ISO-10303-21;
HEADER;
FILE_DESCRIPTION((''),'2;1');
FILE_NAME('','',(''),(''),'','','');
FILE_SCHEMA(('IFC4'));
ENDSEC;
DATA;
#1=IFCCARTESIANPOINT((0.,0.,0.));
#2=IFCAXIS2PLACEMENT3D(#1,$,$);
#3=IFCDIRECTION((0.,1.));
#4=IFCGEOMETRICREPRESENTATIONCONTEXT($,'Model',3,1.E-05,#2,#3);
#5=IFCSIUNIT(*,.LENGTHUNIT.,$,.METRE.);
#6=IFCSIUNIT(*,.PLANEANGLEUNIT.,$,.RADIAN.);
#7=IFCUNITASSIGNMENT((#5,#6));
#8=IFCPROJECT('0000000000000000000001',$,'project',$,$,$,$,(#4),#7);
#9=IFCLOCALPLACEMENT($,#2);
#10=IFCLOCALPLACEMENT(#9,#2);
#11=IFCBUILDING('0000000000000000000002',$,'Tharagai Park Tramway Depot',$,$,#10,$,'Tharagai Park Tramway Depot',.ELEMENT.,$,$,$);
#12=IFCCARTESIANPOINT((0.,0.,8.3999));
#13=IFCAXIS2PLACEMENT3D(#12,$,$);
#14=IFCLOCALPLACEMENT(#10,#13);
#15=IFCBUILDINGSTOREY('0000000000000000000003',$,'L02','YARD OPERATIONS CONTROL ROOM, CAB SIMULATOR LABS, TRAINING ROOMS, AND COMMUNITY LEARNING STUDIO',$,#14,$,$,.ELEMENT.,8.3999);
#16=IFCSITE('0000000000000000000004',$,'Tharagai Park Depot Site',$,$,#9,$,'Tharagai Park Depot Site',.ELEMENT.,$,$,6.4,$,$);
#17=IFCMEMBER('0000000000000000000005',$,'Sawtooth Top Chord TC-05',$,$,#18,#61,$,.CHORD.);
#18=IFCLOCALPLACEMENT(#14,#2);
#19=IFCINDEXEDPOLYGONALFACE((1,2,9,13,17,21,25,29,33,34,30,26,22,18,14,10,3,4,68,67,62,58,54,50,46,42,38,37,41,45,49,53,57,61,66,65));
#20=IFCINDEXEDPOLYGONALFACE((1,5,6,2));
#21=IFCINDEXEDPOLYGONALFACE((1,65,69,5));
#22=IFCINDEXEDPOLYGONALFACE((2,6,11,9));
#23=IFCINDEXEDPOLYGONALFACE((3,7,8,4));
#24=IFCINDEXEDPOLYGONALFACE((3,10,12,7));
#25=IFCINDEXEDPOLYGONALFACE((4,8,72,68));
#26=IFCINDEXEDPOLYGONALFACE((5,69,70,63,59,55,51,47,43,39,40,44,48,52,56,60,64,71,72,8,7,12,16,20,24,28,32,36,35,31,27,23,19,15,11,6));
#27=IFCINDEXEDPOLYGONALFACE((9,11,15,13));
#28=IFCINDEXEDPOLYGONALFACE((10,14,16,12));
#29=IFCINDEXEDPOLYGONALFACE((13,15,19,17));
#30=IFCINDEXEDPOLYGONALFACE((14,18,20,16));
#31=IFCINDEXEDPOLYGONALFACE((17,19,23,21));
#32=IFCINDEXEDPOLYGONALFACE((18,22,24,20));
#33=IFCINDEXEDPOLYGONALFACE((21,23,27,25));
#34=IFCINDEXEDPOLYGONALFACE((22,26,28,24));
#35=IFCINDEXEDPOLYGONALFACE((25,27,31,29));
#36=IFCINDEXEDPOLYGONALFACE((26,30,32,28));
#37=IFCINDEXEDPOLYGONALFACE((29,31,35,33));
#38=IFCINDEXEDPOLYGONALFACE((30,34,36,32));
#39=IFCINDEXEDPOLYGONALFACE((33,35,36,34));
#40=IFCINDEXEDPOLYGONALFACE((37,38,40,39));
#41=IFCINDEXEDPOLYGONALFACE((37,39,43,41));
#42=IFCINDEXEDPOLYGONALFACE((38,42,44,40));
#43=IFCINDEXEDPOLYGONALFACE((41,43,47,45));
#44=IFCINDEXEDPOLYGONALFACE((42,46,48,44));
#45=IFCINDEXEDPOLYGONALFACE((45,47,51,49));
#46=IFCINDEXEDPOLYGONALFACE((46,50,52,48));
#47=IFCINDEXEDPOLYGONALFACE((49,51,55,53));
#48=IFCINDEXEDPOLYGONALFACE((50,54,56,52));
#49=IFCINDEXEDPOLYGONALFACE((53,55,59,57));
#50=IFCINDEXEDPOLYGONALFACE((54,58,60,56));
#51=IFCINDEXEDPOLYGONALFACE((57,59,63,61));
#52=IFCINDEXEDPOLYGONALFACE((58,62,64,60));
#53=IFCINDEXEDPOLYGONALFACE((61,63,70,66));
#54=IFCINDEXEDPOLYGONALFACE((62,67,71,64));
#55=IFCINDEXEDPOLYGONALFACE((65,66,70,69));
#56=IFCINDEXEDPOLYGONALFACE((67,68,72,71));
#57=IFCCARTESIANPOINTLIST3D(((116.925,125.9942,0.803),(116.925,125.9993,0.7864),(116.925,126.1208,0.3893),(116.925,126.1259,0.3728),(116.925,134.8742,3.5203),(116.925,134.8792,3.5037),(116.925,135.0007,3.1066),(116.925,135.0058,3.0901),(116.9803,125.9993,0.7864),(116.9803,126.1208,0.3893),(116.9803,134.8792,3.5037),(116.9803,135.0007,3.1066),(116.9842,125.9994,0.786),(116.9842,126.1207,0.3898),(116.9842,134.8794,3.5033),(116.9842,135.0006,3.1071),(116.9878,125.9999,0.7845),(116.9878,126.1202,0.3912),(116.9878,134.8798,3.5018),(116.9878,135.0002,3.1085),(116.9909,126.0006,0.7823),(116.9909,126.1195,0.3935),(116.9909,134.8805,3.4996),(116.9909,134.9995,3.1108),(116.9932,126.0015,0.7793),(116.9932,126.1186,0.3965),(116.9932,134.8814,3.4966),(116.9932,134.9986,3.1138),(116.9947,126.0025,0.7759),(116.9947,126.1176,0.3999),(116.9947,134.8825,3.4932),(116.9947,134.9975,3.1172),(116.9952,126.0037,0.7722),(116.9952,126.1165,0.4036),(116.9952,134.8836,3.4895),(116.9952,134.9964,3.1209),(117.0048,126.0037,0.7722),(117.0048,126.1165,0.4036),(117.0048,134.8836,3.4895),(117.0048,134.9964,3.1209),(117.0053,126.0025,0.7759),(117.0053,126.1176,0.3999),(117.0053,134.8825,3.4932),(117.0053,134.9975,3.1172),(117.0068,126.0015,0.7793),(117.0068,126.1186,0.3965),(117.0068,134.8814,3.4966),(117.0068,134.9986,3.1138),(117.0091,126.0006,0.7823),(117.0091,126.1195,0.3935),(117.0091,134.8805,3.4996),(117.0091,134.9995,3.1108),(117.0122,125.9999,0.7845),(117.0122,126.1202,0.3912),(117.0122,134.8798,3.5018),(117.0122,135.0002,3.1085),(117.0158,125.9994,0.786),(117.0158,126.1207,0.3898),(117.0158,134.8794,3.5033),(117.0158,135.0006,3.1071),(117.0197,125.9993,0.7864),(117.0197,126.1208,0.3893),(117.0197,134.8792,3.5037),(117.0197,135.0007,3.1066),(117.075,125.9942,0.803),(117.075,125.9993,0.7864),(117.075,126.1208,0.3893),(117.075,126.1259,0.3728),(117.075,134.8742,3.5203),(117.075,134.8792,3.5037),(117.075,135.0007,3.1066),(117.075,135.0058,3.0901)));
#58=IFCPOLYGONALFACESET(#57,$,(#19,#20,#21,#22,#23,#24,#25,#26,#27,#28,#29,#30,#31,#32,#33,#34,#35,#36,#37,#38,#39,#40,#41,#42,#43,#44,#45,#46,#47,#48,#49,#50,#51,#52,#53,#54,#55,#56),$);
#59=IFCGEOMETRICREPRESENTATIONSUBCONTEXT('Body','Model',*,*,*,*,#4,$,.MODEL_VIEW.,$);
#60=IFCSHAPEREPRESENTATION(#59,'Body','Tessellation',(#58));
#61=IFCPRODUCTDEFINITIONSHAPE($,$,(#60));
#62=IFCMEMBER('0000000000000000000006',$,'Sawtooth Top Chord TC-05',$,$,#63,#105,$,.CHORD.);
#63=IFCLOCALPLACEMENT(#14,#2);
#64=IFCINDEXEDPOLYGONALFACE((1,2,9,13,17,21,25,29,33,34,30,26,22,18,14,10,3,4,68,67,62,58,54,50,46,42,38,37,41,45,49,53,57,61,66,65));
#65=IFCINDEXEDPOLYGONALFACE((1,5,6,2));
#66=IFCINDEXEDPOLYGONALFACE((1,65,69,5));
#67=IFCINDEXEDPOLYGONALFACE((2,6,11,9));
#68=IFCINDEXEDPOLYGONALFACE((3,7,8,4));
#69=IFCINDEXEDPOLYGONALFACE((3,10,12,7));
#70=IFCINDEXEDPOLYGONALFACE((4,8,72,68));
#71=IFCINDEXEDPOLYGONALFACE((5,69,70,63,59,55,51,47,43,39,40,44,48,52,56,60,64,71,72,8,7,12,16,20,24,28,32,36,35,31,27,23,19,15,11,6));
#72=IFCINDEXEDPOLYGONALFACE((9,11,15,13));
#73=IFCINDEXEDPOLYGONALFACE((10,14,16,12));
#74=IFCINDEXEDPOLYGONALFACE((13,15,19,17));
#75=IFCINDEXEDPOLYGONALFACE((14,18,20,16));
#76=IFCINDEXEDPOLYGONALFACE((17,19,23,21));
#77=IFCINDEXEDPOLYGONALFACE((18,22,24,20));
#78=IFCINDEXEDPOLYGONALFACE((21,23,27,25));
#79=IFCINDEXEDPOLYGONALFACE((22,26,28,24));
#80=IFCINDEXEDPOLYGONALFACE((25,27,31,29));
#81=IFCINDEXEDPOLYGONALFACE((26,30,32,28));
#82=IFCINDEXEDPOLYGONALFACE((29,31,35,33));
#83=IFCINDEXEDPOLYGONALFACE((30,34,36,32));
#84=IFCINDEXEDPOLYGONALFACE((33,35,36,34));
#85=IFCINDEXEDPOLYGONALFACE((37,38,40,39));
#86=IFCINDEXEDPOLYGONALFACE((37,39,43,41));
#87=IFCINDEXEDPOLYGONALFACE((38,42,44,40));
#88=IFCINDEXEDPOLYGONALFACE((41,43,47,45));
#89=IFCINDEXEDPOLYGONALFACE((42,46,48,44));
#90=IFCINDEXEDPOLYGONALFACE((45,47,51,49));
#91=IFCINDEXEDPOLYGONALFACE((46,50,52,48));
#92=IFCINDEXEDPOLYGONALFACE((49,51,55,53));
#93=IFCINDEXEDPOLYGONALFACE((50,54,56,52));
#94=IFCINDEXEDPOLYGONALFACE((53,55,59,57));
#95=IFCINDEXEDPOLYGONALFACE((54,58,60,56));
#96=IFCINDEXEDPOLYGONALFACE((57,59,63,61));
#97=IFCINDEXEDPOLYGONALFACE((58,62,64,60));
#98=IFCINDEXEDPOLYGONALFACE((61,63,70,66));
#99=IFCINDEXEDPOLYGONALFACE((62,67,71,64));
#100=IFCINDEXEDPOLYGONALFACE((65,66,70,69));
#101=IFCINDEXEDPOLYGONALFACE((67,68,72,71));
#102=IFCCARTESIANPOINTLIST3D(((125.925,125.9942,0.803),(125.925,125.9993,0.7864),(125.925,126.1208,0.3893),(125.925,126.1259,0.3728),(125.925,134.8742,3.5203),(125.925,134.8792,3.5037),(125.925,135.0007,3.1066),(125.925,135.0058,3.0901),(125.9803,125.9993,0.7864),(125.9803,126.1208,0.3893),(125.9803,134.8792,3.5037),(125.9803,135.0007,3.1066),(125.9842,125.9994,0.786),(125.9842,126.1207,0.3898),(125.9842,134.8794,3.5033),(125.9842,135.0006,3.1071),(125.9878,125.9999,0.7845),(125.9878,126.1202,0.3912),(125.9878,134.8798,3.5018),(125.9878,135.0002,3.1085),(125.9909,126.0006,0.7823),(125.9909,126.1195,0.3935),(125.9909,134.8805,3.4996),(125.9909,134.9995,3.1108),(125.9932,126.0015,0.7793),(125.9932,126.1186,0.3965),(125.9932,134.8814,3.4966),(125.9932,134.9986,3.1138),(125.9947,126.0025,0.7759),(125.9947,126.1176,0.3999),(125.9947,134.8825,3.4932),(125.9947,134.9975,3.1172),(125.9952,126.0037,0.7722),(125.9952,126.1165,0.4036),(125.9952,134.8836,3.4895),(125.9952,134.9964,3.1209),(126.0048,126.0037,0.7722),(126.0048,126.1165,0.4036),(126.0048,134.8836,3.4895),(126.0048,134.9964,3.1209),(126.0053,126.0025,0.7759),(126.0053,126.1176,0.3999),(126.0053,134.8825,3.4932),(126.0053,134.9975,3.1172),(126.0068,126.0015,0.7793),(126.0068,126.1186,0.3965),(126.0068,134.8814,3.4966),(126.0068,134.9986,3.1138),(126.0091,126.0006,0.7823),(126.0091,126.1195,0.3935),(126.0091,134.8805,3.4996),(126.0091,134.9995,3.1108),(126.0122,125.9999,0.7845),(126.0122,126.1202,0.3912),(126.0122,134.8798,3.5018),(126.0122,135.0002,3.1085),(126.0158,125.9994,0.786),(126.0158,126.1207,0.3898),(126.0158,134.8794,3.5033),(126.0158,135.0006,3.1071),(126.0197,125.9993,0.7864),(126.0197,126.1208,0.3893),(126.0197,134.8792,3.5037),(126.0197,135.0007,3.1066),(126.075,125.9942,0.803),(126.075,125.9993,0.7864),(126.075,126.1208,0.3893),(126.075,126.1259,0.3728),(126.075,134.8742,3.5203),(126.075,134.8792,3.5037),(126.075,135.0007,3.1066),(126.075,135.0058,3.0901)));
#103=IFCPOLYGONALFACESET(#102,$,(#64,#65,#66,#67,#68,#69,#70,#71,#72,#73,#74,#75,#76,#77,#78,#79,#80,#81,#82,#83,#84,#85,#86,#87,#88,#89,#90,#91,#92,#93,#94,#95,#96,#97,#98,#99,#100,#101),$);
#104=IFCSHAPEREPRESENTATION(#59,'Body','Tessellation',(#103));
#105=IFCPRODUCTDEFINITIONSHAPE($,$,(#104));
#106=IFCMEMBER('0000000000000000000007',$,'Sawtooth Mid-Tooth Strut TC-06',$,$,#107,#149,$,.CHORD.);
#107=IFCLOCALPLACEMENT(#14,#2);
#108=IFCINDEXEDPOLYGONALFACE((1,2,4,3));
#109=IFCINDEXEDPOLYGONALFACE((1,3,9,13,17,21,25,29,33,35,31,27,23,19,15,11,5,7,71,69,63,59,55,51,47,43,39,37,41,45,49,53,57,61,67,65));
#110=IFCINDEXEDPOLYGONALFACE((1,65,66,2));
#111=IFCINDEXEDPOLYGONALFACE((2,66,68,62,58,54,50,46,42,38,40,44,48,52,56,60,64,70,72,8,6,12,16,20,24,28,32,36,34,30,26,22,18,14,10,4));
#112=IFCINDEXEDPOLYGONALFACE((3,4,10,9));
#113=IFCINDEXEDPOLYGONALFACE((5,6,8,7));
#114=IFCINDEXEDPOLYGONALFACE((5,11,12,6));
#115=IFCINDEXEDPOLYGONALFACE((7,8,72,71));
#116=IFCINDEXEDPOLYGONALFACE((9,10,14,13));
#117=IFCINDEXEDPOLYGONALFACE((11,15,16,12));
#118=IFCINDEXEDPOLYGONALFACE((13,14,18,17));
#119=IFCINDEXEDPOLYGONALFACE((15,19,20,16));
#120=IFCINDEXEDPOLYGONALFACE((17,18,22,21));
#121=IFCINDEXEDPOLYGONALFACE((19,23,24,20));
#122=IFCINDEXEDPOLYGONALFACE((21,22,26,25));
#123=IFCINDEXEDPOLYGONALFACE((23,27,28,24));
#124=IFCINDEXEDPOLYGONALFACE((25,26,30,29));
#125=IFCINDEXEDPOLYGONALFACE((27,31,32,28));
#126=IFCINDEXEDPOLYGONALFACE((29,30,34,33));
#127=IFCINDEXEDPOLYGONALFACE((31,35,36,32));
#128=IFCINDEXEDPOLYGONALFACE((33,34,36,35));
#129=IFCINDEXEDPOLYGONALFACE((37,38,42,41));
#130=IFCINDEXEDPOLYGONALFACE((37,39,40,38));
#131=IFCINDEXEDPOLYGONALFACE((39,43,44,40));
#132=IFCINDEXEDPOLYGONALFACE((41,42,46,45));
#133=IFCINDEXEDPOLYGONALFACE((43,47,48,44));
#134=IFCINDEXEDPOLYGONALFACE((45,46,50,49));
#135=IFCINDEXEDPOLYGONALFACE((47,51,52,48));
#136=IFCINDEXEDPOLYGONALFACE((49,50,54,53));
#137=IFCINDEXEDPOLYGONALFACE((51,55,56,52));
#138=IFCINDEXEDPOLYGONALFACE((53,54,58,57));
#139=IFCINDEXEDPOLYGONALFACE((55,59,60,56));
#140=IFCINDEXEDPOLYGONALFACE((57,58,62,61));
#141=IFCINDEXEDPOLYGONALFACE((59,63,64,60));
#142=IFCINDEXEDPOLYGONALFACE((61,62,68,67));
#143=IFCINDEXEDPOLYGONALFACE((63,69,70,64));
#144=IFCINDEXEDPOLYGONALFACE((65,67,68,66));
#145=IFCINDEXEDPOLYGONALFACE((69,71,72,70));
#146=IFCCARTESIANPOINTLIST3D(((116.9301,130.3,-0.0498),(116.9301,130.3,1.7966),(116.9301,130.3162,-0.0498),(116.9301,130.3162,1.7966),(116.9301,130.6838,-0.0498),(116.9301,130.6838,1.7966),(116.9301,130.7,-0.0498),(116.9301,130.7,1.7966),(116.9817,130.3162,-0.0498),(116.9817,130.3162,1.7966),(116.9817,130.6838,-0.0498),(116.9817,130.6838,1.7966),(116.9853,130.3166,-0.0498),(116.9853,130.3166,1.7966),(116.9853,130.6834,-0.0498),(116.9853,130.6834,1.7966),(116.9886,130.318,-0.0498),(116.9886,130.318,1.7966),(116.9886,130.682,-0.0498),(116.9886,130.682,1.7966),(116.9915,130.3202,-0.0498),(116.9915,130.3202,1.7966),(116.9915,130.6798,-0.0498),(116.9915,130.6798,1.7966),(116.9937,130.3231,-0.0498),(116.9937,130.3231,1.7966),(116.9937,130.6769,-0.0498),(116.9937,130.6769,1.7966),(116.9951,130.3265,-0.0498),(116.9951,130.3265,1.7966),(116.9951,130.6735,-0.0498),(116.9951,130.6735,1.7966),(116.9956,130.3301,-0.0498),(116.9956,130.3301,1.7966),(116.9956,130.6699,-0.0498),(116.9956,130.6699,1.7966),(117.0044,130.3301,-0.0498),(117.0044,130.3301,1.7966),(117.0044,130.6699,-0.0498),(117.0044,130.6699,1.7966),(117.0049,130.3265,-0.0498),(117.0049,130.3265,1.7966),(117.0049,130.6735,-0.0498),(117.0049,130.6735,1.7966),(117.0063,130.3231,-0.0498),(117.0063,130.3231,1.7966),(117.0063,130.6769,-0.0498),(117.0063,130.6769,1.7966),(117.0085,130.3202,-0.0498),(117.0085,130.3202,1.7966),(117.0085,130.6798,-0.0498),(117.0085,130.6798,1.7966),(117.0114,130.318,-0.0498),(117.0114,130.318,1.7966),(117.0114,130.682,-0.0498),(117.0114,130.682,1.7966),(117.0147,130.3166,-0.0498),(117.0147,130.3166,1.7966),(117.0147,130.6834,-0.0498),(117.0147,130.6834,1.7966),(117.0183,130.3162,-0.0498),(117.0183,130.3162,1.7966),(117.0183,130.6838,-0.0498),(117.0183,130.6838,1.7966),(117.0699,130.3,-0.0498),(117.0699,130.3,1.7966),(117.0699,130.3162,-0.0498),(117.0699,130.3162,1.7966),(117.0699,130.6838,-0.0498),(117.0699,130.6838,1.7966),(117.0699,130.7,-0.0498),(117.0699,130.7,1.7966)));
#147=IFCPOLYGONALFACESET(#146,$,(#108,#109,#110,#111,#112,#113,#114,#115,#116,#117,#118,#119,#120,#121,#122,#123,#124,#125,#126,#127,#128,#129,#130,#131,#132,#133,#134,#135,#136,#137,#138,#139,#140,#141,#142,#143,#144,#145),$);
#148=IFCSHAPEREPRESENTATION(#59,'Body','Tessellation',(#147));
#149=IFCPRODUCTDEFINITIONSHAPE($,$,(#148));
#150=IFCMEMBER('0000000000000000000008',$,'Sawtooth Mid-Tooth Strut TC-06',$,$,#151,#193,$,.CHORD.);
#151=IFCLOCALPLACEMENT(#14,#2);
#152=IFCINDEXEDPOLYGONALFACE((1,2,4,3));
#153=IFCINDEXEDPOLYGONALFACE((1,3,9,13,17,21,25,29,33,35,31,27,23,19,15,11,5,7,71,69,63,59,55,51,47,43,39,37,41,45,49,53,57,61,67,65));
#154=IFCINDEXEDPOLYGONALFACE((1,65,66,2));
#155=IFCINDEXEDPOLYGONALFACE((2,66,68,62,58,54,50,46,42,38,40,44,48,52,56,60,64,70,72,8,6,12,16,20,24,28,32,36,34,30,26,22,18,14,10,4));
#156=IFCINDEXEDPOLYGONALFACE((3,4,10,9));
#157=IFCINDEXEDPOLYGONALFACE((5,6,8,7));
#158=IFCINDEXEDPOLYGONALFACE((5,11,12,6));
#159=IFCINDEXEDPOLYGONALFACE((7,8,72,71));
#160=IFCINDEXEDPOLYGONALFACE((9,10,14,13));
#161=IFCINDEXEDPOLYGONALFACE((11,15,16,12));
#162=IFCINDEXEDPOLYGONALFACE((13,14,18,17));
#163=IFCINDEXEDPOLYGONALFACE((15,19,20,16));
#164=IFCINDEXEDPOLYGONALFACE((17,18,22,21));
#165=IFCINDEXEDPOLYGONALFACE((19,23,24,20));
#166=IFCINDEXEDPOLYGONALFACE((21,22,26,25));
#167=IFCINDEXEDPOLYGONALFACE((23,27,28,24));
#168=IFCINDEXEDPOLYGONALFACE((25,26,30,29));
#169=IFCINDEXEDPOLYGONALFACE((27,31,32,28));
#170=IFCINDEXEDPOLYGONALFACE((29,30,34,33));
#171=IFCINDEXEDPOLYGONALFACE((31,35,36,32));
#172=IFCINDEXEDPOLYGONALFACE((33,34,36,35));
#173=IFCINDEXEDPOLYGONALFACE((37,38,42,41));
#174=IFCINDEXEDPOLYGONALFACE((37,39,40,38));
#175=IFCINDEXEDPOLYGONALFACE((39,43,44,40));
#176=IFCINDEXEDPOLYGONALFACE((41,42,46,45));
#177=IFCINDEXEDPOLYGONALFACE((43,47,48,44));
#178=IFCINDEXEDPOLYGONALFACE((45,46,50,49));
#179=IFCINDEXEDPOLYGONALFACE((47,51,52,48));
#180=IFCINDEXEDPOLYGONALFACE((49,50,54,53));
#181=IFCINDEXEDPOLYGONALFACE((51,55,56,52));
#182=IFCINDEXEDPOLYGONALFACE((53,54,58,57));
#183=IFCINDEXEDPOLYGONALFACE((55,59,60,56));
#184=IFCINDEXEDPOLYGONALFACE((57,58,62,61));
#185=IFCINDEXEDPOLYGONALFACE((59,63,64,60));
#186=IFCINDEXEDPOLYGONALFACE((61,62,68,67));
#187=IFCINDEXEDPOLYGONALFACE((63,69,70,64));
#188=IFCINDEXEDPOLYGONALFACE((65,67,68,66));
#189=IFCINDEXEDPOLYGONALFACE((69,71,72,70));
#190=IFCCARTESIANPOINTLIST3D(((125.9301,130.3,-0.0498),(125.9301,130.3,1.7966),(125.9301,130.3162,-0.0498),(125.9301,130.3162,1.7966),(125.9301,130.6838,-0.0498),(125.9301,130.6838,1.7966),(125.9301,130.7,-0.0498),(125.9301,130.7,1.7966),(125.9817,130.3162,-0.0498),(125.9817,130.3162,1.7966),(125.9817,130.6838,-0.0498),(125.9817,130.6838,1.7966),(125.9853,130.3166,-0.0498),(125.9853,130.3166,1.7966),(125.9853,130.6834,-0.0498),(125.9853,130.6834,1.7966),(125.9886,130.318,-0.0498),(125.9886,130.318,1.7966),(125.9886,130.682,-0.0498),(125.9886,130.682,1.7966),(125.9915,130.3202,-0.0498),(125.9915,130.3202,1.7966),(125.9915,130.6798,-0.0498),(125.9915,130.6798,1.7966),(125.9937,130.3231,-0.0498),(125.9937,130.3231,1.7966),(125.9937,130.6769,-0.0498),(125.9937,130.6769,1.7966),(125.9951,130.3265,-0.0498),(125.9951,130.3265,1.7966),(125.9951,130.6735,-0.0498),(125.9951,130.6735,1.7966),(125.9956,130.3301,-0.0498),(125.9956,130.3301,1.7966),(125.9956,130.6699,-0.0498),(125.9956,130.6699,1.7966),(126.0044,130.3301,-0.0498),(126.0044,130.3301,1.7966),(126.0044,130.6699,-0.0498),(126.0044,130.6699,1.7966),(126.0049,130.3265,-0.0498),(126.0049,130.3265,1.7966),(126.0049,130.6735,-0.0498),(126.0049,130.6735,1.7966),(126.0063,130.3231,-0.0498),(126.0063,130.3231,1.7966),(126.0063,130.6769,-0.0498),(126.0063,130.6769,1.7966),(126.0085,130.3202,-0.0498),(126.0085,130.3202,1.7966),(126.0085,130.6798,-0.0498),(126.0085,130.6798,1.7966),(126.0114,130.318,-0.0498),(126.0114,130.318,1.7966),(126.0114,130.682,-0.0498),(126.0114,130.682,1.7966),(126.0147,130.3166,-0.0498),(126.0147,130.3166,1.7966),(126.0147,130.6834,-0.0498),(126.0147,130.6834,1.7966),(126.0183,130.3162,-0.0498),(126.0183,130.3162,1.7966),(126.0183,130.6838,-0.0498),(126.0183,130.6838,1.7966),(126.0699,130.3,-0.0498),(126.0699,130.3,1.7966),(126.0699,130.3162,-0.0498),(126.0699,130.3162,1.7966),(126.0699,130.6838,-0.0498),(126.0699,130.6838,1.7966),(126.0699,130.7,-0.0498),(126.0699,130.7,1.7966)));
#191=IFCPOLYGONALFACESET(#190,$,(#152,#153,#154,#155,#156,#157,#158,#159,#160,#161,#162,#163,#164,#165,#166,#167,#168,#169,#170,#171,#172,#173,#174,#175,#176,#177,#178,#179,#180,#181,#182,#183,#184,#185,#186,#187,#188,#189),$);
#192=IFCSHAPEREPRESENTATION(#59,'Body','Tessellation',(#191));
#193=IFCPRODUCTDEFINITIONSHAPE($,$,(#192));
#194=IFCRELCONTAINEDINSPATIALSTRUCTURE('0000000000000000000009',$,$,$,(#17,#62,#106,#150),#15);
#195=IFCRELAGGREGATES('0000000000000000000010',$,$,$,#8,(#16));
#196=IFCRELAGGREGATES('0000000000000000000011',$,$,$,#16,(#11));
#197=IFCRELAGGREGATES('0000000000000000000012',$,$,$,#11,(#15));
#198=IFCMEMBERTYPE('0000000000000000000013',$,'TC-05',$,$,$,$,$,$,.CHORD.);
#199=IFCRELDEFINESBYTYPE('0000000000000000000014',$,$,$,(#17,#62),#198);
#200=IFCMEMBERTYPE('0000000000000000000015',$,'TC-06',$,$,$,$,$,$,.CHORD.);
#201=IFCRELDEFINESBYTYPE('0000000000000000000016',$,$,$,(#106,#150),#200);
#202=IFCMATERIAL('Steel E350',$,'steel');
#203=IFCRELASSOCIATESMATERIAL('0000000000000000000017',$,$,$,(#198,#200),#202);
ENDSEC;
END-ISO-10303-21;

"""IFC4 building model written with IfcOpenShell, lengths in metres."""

from ifc_helpers import new_model, si_unit, direction, frame, origin, origin_2d, place, context, subcontext, project, spatial, i_section, extrude, material, material_profile, profile_set, type_object, element, save


model = new_model("IFC4")

# Units and contexts
model_context = context("Model", 3, precision=1e-05, world=origin(), true_north=direction((0.0, 1.0)))
body_context = subcontext(model_context, "Body", "Model", "MODEL_VIEW")
ifc_project = project(units=[si_unit("LENGTHUNIT", "METRE"), si_unit("PLANEANGLEUNIT", "RADIAN")], contexts=[model_context])

# Site, building, storey
site_placement = place(None, origin())
site = spatial("IfcSite", under=ifc_project, at=site_placement, Name="Tharagai Park Depot Site", LongName="Tharagai Park Depot Site", CompositionType="ELEMENT", RefElevation=6.4)
building_placement = place(site_placement, origin())
building = spatial("IfcBuilding", under=site, at=building_placement, Name="Tharagai Park Tramway Depot", LongName="Tharagai Park Tramway Depot", CompositionType="ELEMENT")
storey_placement = place(building_placement, frame((0.0, 0.0, 8.3999)))
storey = spatial("IfcBuildingStorey", under=building, at=storey_placement, Name="L02", Description="YARD OPERATIONS CONTROL ROOM, CAB SIMULATOR LABS, TRAINING ROOMS, AND COMMUNITY LEARNING STUDIO", CompositionType="ELEMENT", Elevation=8.3999)

# Shared definitions
ifc_material_1 = material(Name="Steel E350", Category="steel")

# Members
ifc_material_profile_1 = material_profile(ifc_material_1, i_section(OverallWidth=0.1499, OverallDepth=0.45, WebThickness=0.0095, FlangeThickness=0.0173, FilletRadius=0.0149, at=origin_2d()), Name="ISMB 450")
ifc_profile_set_1 = profile_set([ifc_material_profile_1], Name="Steel E350")
member_type_1 = type_object("IfcMemberType", Name="TC-05", PredefinedType="CHORD", material=ifc_profile_set_1)
for number, where, z_axis, x_axis, name in (
    (1, (117.0, 126.0601, 0.5879), (0.0, 0.956231, 0.292611), (-1.0, 0.0, 0.0), "Sawtooth Top Chord TC-05"),
    (2, (126.0, 126.0601, 0.5879), (0.0, 0.956231, 0.292611), (-1.0, 0.0, 0.0), "Sawtooth Top Chord TC-05"),
):
    element("IfcMember", number, at=place(storey_placement, frame(where, z_axis=z_axis, x_axis=x_axis)), inside=storey, type_object=member_type_1, Name=name, PredefinedType="CHORD", context=body_context, shape_type="SweptSolid", body=[
        extrude(i_section(OverallWidth=0.1499, OverallDepth=0.45, WebThickness=0.0095, FlangeThickness=0.0173, FilletRadius=0.0149, at=origin_2d()), origin(), (0.0, 0.0, 1.0), 9.2864),
    ])
ifc_material_profile_2 = material_profile(ifc_material_1, i_section(OverallWidth=0.1399, OverallDepth=0.3999, WebThickness=0.0088, FlangeThickness=0.0161, FilletRadius=0.0139, at=origin_2d()), Name="ISMB 400")
ifc_profile_set_2 = profile_set([ifc_material_profile_2], Name="Steel E350")
member_type_2 = type_object("IfcMemberType", Name="TC-06", PredefinedType="CHORD", material=ifc_profile_set_2)
for number, where, z_axis, x_axis, name in (
    (3, (117.0, 130.5, -0.0498), (0.0, 0.0, 1.0), (1.0, 0.0, 0.0), "Sawtooth Mid-Tooth Strut TC-06"),
    (4, (126.0, 130.5, -0.0498), (0.0, 0.0, 1.0), (1.0, 0.0, 0.0), "Sawtooth Mid-Tooth Strut TC-06"),
):
    element("IfcMember", number, at=place(storey_placement, frame(where, z_axis=z_axis, x_axis=x_axis)), inside=storey, type_object=member_type_2, Name=name, PredefinedType="CHORD", context=body_context, shape_type="SweptSolid", body=[
        extrude(i_section(OverallWidth=0.1399, OverallDepth=0.3999, WebThickness=0.0088, FlangeThickness=0.0161, FilletRadius=0.0139, at=origin_2d()), origin(), (0.0, 0.0, 1.0), 1.8464),
    ])

save(model, "model.ifc")
